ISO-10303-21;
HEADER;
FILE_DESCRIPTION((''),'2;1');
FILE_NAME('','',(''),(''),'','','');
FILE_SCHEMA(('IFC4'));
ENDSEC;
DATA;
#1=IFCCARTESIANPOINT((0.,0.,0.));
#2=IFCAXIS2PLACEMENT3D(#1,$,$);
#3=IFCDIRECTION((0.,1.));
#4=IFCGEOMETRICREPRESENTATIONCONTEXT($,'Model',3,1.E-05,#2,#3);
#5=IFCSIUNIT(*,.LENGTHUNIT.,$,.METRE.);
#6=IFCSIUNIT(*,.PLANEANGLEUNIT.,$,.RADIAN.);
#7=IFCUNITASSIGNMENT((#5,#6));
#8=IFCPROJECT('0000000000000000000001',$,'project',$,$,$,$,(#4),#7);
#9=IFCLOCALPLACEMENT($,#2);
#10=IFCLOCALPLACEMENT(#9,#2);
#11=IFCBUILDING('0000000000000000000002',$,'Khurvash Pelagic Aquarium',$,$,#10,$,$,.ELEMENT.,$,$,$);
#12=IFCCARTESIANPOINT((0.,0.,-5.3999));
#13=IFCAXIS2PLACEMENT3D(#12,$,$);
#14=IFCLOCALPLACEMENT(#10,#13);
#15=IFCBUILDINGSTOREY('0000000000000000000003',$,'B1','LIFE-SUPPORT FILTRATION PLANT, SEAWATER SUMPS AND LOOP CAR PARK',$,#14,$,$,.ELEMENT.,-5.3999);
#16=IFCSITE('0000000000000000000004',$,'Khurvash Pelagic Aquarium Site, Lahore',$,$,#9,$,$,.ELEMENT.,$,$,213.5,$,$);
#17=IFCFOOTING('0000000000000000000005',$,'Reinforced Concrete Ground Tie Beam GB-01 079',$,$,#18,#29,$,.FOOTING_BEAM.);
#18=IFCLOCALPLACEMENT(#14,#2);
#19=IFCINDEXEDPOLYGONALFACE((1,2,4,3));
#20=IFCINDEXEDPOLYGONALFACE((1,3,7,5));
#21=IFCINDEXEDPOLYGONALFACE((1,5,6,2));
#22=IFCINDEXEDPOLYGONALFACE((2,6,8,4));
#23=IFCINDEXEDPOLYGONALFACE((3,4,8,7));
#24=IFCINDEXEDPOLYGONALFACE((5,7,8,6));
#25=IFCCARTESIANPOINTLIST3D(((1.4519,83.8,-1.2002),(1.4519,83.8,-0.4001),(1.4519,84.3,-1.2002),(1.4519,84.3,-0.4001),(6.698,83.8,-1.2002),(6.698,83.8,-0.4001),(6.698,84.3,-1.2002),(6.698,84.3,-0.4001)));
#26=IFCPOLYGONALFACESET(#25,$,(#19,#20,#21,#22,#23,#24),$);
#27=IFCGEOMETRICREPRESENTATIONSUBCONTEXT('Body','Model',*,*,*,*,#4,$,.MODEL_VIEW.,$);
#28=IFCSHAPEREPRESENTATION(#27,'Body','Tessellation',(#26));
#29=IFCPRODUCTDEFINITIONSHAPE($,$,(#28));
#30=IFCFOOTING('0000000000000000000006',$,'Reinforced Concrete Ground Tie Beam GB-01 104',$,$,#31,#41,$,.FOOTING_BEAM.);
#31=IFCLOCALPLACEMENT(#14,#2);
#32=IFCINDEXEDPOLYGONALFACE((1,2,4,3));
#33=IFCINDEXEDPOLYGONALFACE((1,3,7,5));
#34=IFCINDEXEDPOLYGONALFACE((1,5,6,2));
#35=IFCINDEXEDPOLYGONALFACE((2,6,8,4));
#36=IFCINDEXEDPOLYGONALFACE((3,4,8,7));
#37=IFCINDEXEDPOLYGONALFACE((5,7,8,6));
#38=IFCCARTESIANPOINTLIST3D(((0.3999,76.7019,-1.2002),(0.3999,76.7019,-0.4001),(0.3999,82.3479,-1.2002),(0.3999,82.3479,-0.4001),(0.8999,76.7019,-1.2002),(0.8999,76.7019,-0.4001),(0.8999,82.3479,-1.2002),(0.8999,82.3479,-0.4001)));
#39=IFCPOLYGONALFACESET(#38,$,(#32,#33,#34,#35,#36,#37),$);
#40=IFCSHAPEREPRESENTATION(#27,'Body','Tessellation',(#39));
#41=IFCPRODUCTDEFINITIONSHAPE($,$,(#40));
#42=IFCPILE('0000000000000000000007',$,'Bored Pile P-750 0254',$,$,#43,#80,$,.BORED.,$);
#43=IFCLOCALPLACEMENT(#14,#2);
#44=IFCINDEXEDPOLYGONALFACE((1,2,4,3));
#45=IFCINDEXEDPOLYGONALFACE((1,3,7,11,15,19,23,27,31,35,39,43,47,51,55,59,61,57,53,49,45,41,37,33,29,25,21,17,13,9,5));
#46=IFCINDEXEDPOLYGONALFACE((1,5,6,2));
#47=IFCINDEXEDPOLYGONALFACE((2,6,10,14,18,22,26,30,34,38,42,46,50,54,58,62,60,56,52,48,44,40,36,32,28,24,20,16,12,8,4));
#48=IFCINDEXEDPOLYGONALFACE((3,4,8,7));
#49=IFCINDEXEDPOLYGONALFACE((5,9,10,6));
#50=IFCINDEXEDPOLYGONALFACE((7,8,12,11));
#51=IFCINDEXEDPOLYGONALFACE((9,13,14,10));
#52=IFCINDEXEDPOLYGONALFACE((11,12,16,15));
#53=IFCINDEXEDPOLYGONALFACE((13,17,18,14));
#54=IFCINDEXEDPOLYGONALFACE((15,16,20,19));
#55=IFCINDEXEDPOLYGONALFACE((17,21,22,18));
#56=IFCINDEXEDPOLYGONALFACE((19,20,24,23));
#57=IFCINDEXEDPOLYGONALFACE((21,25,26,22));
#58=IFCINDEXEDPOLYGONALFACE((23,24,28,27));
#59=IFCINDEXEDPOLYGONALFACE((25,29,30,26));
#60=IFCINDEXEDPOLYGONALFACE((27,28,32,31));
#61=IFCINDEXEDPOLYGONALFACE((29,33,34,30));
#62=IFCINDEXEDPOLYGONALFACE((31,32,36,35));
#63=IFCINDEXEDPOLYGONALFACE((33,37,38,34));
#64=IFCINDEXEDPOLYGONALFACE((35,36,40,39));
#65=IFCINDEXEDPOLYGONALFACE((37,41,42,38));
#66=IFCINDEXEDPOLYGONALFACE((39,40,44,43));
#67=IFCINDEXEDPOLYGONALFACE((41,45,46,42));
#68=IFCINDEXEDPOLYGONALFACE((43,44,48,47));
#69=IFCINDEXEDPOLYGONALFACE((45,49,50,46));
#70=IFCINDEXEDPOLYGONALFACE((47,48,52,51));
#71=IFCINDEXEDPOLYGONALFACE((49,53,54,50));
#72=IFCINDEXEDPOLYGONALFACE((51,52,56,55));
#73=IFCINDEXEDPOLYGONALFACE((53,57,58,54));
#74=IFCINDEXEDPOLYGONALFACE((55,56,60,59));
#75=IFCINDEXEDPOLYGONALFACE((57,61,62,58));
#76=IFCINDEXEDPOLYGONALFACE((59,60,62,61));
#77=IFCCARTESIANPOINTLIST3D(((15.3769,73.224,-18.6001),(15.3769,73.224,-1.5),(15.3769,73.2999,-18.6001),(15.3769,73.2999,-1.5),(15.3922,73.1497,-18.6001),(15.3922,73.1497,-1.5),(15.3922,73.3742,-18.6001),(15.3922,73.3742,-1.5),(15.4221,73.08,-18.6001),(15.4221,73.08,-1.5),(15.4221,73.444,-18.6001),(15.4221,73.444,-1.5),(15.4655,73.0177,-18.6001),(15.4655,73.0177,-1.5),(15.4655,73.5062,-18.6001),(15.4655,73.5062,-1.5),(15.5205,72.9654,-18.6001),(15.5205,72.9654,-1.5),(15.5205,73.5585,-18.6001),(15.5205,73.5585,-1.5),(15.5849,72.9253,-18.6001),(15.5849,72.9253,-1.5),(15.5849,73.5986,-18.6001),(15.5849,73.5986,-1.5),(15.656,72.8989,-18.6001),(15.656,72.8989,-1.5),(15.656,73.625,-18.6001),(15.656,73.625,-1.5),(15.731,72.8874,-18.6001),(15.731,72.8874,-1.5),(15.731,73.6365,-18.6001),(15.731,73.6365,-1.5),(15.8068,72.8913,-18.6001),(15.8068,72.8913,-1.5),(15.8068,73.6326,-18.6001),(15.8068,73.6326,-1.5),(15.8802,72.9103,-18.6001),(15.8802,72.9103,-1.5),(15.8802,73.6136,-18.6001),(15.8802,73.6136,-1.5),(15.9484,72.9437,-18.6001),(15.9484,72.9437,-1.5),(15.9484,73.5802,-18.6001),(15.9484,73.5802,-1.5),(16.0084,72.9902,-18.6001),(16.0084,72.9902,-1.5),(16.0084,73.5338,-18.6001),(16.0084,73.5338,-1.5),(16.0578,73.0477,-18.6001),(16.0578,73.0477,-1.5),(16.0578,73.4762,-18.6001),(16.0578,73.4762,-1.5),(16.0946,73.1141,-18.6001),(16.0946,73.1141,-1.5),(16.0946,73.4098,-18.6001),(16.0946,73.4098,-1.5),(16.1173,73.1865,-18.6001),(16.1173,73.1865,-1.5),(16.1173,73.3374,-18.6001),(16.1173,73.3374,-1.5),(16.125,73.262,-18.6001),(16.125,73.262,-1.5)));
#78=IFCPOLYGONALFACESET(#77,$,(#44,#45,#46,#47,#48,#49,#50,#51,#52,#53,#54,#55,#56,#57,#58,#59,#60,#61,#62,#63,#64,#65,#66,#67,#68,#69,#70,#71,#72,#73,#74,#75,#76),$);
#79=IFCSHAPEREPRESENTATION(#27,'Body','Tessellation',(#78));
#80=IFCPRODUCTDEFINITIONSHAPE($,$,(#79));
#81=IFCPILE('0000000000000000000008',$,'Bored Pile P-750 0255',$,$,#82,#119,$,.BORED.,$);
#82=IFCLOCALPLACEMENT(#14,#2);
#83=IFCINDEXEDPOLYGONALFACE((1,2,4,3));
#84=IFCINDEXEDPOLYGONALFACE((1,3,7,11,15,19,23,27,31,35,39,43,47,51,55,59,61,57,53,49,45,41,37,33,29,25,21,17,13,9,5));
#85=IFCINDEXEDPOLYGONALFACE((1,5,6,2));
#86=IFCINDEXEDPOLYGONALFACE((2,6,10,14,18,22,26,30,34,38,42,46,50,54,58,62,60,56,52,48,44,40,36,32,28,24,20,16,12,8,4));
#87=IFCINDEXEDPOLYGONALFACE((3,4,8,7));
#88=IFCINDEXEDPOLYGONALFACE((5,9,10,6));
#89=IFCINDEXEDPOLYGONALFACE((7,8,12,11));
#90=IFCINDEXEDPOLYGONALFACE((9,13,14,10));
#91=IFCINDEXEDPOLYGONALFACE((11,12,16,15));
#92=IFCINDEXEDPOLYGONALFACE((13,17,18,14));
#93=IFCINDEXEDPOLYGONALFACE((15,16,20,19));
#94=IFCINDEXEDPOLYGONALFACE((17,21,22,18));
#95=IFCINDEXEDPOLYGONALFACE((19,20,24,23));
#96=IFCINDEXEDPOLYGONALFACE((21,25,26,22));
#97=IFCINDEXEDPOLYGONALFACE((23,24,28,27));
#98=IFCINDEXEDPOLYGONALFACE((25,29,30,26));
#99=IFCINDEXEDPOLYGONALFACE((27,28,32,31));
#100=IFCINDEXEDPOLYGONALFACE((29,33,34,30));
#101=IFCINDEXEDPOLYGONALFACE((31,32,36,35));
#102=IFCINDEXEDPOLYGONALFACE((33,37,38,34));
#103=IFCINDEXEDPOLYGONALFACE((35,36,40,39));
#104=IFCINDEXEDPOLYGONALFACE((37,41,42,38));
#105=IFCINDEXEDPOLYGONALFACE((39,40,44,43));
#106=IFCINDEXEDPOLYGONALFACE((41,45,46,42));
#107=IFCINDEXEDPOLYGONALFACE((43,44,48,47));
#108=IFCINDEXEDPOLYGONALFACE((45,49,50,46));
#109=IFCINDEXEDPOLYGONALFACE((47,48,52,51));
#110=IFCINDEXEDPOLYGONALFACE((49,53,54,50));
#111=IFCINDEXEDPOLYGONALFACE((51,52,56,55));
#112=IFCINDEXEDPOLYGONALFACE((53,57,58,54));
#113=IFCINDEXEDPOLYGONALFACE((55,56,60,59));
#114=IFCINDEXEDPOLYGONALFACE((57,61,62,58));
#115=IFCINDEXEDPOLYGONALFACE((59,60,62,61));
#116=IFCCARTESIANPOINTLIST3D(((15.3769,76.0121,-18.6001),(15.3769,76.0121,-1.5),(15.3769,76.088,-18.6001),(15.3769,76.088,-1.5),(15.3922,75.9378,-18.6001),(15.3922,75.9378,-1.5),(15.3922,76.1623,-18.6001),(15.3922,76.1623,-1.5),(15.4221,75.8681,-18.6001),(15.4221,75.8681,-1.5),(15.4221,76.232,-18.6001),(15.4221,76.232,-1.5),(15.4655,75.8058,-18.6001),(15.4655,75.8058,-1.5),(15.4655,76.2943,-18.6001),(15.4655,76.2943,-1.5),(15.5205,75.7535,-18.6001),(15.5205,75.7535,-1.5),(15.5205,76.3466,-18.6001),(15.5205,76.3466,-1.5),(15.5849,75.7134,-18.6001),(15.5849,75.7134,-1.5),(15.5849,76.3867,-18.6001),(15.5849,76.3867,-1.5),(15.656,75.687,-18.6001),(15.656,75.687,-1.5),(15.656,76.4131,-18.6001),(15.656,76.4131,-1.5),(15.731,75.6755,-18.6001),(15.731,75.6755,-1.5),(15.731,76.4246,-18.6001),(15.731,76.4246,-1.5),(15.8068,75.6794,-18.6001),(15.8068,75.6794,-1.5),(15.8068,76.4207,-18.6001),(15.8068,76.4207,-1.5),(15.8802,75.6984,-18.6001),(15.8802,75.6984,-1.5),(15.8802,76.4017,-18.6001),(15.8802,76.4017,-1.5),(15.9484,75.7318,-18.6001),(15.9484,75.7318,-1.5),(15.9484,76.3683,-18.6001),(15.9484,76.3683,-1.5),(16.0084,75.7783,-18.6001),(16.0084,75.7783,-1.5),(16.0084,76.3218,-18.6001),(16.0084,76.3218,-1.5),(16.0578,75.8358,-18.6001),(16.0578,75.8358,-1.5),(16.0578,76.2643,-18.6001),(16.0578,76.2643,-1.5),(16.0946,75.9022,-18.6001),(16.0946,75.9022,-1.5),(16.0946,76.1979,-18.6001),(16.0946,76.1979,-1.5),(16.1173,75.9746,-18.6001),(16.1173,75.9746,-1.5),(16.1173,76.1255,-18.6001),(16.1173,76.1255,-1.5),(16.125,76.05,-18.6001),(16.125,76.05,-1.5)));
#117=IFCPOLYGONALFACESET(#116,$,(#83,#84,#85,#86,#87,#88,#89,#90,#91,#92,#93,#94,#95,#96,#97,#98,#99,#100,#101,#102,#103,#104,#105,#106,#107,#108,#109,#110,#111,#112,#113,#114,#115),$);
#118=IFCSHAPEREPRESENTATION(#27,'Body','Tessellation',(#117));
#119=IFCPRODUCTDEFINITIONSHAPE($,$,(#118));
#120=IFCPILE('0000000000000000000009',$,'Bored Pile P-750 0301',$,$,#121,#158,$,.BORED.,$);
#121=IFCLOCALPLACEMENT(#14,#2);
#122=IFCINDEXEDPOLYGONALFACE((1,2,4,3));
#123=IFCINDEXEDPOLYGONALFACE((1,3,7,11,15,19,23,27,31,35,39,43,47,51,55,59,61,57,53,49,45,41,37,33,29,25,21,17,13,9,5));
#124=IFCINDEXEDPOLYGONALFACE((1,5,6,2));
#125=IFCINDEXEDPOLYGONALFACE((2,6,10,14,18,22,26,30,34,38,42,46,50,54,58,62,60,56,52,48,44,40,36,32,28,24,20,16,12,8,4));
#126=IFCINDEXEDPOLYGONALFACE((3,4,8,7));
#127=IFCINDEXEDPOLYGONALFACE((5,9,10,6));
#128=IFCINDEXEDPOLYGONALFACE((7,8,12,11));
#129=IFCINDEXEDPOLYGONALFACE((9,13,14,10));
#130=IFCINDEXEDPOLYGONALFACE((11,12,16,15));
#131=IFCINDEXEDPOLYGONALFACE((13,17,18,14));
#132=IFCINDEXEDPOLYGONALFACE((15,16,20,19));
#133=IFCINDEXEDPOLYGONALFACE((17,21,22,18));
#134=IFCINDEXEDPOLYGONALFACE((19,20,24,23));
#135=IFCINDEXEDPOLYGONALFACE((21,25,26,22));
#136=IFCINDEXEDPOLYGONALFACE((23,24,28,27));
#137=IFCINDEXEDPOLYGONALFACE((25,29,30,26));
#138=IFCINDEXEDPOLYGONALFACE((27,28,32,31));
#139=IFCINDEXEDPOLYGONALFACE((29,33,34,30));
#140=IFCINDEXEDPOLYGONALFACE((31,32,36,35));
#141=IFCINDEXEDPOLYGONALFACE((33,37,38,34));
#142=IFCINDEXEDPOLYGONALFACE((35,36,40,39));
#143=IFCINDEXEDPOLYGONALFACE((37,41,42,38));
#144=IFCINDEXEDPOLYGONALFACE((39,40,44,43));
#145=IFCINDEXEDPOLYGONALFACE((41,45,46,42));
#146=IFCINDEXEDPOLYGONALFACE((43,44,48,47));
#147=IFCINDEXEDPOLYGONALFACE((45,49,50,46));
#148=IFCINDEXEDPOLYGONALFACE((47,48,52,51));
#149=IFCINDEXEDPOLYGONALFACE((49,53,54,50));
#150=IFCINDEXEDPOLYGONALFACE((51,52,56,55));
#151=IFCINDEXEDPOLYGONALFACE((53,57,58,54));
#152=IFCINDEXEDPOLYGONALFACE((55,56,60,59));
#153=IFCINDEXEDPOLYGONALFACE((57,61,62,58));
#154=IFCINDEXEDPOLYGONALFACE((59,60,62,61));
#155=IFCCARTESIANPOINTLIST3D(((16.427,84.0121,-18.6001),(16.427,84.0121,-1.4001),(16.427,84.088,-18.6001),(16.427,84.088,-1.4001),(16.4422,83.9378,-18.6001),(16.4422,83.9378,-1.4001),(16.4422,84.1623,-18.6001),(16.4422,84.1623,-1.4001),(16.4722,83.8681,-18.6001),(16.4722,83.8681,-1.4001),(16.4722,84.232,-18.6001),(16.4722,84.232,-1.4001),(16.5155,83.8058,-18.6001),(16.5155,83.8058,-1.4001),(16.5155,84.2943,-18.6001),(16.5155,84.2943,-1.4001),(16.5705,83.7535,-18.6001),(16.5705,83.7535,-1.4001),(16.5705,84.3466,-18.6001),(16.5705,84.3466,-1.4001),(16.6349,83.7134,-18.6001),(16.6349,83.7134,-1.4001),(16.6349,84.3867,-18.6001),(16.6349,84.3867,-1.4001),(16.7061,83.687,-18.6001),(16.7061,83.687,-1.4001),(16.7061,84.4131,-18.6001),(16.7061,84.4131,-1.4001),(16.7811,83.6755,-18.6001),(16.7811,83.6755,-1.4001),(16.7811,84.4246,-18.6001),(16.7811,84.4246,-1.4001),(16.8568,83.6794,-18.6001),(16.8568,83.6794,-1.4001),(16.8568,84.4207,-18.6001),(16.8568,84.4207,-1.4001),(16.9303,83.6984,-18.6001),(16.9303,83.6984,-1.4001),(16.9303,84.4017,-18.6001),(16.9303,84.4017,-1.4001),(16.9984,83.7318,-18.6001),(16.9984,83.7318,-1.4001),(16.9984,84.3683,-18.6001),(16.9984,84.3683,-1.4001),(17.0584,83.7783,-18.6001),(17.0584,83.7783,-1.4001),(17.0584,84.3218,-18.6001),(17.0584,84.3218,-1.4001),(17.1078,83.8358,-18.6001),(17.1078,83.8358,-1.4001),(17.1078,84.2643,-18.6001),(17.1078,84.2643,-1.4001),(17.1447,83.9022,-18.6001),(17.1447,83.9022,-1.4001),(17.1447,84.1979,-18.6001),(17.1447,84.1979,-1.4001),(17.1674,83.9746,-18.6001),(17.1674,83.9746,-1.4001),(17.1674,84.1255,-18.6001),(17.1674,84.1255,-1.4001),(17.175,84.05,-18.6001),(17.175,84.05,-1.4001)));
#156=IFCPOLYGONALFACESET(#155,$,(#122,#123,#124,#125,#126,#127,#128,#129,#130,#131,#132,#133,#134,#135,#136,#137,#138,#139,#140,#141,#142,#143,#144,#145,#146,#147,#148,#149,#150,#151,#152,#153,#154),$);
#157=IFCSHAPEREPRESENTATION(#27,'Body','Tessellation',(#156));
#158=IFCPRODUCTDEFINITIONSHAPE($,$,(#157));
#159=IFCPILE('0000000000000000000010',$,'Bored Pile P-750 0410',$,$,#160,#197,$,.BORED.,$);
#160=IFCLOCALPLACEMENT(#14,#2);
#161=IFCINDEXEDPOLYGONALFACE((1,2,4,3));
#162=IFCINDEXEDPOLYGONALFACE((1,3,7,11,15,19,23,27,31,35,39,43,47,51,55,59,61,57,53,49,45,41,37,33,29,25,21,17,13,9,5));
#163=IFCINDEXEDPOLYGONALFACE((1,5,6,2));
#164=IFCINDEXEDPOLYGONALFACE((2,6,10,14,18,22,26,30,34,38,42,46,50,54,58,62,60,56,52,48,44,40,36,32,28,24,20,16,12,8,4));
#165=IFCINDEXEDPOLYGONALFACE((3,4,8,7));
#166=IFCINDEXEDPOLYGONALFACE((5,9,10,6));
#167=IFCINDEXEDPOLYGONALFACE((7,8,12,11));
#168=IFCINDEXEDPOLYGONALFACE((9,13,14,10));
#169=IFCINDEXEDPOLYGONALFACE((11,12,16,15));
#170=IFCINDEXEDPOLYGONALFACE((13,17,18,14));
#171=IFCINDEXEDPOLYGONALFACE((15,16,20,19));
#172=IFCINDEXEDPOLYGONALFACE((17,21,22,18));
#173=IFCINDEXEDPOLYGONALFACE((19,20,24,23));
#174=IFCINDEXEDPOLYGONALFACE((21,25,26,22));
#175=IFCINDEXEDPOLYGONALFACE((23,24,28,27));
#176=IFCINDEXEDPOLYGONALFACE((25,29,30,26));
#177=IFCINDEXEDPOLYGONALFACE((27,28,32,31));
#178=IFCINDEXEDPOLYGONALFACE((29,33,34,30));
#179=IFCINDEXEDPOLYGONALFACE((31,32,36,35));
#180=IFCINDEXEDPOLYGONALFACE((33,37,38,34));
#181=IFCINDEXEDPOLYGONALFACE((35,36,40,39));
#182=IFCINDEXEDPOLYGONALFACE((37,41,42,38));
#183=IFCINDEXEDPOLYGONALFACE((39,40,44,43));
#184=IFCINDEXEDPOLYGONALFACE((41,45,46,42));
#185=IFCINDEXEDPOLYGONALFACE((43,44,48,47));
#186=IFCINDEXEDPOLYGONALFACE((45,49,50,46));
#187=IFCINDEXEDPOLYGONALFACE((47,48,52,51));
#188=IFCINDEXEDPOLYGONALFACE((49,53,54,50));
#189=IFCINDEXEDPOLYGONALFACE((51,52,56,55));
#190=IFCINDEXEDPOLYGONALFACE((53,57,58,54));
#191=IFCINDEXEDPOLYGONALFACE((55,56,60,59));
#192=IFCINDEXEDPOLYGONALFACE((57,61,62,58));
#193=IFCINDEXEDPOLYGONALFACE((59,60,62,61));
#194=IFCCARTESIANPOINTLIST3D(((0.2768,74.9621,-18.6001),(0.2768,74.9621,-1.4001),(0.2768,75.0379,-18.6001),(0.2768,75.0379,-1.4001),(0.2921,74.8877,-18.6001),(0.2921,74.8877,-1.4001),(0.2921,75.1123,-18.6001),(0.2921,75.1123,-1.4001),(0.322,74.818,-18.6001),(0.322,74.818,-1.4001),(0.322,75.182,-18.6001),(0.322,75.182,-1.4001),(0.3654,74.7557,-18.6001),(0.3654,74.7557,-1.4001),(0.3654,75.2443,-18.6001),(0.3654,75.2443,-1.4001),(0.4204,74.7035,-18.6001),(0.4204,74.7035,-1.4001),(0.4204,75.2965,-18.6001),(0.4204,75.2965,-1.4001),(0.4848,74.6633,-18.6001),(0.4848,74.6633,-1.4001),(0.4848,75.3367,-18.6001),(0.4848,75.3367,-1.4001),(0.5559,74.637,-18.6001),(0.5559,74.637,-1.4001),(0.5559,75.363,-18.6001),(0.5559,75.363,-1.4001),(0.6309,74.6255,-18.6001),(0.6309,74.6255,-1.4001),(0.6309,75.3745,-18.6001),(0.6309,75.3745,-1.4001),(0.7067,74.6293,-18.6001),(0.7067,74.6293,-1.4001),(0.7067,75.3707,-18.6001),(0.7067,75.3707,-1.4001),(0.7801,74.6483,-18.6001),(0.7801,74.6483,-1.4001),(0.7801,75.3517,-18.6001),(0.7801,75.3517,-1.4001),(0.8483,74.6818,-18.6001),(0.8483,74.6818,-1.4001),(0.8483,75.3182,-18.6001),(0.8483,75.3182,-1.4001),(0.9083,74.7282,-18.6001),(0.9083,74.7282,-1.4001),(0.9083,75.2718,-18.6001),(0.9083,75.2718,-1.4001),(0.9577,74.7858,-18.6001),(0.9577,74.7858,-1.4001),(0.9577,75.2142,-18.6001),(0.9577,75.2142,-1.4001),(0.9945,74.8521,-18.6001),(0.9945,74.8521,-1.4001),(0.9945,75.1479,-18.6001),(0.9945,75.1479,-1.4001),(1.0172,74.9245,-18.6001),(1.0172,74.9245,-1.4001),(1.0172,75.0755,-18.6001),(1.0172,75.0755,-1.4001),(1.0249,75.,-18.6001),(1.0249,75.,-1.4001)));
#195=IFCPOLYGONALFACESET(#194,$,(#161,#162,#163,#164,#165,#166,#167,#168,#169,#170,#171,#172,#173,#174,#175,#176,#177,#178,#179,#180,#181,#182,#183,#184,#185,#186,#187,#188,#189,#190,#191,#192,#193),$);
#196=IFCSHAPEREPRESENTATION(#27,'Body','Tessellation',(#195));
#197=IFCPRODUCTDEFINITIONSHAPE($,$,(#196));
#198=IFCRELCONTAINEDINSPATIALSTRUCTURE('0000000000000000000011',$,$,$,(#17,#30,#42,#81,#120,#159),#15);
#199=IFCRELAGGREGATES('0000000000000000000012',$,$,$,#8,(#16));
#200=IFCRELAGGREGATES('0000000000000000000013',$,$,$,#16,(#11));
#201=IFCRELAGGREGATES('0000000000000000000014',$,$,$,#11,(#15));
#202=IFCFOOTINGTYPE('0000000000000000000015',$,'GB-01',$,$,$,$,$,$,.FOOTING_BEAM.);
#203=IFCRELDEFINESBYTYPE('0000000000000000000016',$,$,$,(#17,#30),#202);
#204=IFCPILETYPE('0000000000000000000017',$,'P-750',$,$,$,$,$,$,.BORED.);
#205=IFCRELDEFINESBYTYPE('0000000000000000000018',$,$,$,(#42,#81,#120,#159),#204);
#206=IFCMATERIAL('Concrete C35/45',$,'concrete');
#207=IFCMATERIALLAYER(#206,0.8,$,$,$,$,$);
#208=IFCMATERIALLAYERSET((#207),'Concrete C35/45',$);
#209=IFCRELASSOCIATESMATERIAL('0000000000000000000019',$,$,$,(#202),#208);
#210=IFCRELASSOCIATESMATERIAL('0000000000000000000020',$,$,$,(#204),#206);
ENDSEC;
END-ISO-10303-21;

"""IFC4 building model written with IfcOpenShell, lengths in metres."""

from ifc_helpers import new_model, si_unit, direction, frame, origin, origin_2d, place, context, subcontext, project, spatial, rectangle, circle, extrude, material, layer, layer_set, material_profile, profile_set, type_object, element, save


model = new_model("IFC4")

# Units and contexts
model_context = context("Model", 3, precision=1e-05, world=origin(), true_north=direction((0.0, 1.0)))
body_context = subcontext(model_context, "Body", "Model", "MODEL_VIEW")
ifc_project = project(units=[si_unit("LENGTHUNIT", "METRE"), si_unit("PLANEANGLEUNIT", "RADIAN")], contexts=[model_context])

# Site, building, storey
site_placement = place(None, origin())
site = spatial("IfcSite", under=ifc_project, at=site_placement, Name="Khurvash Pelagic Aquarium Site, Lahore", CompositionType="ELEMENT", RefElevation=213.5)
building_placement = place(site_placement, origin())
building = spatial("IfcBuilding", under=site, at=building_placement, Name="Khurvash Pelagic Aquarium", CompositionType="ELEMENT")
storey_placement = place(building_placement, frame((0.0, 0.0, -5.3999)))
storey = spatial("IfcBuildingStorey", under=building, at=storey_placement, Name="B1", Description="LIFE-SUPPORT FILTRATION PLANT, SEAWATER SUMPS AND LOOP CAR PARK", CompositionType="ELEMENT", Elevation=-5.3999)

# Footings
ifc_material_1 = material(Name="Concrete C35/45", Category="concrete")
ifc_layer_1 = layer(ifc_material_1, 0.8)
ifc_layer_set_1 = layer_set([ifc_layer_1], Name="Concrete C35/45")
footing_type_1 = type_object("IfcFootingType", Name="GB-01", PredefinedType="FOOTING_BEAM", material=ifc_layer_set_1)
footing_1_placement = place(storey_placement, frame((4.075, 84.05, -1.2002), z_axis=(0.0, 0.0, 1.0), x_axis=(1.0, 0.0, 0.0)))
element("IfcFooting", 1, at=footing_1_placement, inside=storey, type_object=footing_type_1, Name="Reinforced Concrete Ground Tie Beam GB-01 079", PredefinedType="FOOTING_BEAM", context=body_context, shape_type="SweptSolid", body=[
    extrude(rectangle(XDim=5.2461, YDim=0.5, at=origin_2d()), origin(), (0.0, 0.0, 1.0), 0.8),
])
footing_2_placement = place(storey_placement, frame((0.6499, 79.5249, -1.2002), z_axis=(0.0, 0.0, 1.0), x_axis=(0.0, 1.0, 0.0)))
element("IfcFooting", 2, at=footing_2_placement, inside=storey, type_object=footing_type_1, Name="Reinforced Concrete Ground Tie Beam GB-01 104", PredefinedType="FOOTING_BEAM", context=body_context, shape_type="SweptSolid", body=[
    extrude(rectangle(XDim=5.646, YDim=0.5, at=origin_2d()), origin(), (0.0, 0.0, 1.0), 0.8),
])

# Piles
ifc_material_profile_1 = material_profile(ifc_material_1, circle(Radius=0.375, at=origin_2d()), Name="PILE750")
ifc_profile_set_1 = profile_set([ifc_material_profile_1], Name="Concrete C35/45")
pile_type = type_object("IfcPileType", Name="P-750", PredefinedType="BORED", material=ifc_profile_set_1)
for number, where, z_axis, x_axis, name in (
    (3, (15.75, 73.262, -1.5), (0.0, 0.0, -1.0), (1.0, 0.0, 0.0), "Bored Pile P-750 0254"),
    (4, (15.75, 76.05, -1.5), (0.0, 0.0, -1.0), (1.0, 0.0, 0.0), "Bored Pile P-750 0255"),
):
    element("IfcPile", number, at=place(storey_placement, frame(where, z_axis=z_axis, x_axis=x_axis)), inside=storey, type_object=pile_type, Name=name, PredefinedType="BORED", context=body_context, shape_type="SweptSolid", body=[
        extrude(circle(Radius=0.375, at=origin_2d()), origin(), (0.0, 0.0, 1.0), 17.1001),
    ])
for number, where, z_axis, x_axis, name in (
    (5, (16.8, 84.05, -1.4001), (0.0, 0.0, -1.0), (1.0, 0.0, 0.0), "Bored Pile P-750 0301"),
    (6, (0.6499, 75.0, -1.4001), (0.0, 0.0, -1.0), (1.0, 0.0, 0.0), "Bored Pile P-750 0410"),
):
    element("IfcPile", number, at=place(storey_placement, frame(where, z_axis=z_axis, x_axis=x_axis)), inside=storey, type_object=pile_type, Name=name, PredefinedType="BORED", context=body_context, shape_type="SweptSolid", body=[
        extrude(circle(Radius=0.375, at=origin_2d()), origin(), (0.0, 0.0, 1.0), 17.2),
    ])

save(model, "model.ifc")
